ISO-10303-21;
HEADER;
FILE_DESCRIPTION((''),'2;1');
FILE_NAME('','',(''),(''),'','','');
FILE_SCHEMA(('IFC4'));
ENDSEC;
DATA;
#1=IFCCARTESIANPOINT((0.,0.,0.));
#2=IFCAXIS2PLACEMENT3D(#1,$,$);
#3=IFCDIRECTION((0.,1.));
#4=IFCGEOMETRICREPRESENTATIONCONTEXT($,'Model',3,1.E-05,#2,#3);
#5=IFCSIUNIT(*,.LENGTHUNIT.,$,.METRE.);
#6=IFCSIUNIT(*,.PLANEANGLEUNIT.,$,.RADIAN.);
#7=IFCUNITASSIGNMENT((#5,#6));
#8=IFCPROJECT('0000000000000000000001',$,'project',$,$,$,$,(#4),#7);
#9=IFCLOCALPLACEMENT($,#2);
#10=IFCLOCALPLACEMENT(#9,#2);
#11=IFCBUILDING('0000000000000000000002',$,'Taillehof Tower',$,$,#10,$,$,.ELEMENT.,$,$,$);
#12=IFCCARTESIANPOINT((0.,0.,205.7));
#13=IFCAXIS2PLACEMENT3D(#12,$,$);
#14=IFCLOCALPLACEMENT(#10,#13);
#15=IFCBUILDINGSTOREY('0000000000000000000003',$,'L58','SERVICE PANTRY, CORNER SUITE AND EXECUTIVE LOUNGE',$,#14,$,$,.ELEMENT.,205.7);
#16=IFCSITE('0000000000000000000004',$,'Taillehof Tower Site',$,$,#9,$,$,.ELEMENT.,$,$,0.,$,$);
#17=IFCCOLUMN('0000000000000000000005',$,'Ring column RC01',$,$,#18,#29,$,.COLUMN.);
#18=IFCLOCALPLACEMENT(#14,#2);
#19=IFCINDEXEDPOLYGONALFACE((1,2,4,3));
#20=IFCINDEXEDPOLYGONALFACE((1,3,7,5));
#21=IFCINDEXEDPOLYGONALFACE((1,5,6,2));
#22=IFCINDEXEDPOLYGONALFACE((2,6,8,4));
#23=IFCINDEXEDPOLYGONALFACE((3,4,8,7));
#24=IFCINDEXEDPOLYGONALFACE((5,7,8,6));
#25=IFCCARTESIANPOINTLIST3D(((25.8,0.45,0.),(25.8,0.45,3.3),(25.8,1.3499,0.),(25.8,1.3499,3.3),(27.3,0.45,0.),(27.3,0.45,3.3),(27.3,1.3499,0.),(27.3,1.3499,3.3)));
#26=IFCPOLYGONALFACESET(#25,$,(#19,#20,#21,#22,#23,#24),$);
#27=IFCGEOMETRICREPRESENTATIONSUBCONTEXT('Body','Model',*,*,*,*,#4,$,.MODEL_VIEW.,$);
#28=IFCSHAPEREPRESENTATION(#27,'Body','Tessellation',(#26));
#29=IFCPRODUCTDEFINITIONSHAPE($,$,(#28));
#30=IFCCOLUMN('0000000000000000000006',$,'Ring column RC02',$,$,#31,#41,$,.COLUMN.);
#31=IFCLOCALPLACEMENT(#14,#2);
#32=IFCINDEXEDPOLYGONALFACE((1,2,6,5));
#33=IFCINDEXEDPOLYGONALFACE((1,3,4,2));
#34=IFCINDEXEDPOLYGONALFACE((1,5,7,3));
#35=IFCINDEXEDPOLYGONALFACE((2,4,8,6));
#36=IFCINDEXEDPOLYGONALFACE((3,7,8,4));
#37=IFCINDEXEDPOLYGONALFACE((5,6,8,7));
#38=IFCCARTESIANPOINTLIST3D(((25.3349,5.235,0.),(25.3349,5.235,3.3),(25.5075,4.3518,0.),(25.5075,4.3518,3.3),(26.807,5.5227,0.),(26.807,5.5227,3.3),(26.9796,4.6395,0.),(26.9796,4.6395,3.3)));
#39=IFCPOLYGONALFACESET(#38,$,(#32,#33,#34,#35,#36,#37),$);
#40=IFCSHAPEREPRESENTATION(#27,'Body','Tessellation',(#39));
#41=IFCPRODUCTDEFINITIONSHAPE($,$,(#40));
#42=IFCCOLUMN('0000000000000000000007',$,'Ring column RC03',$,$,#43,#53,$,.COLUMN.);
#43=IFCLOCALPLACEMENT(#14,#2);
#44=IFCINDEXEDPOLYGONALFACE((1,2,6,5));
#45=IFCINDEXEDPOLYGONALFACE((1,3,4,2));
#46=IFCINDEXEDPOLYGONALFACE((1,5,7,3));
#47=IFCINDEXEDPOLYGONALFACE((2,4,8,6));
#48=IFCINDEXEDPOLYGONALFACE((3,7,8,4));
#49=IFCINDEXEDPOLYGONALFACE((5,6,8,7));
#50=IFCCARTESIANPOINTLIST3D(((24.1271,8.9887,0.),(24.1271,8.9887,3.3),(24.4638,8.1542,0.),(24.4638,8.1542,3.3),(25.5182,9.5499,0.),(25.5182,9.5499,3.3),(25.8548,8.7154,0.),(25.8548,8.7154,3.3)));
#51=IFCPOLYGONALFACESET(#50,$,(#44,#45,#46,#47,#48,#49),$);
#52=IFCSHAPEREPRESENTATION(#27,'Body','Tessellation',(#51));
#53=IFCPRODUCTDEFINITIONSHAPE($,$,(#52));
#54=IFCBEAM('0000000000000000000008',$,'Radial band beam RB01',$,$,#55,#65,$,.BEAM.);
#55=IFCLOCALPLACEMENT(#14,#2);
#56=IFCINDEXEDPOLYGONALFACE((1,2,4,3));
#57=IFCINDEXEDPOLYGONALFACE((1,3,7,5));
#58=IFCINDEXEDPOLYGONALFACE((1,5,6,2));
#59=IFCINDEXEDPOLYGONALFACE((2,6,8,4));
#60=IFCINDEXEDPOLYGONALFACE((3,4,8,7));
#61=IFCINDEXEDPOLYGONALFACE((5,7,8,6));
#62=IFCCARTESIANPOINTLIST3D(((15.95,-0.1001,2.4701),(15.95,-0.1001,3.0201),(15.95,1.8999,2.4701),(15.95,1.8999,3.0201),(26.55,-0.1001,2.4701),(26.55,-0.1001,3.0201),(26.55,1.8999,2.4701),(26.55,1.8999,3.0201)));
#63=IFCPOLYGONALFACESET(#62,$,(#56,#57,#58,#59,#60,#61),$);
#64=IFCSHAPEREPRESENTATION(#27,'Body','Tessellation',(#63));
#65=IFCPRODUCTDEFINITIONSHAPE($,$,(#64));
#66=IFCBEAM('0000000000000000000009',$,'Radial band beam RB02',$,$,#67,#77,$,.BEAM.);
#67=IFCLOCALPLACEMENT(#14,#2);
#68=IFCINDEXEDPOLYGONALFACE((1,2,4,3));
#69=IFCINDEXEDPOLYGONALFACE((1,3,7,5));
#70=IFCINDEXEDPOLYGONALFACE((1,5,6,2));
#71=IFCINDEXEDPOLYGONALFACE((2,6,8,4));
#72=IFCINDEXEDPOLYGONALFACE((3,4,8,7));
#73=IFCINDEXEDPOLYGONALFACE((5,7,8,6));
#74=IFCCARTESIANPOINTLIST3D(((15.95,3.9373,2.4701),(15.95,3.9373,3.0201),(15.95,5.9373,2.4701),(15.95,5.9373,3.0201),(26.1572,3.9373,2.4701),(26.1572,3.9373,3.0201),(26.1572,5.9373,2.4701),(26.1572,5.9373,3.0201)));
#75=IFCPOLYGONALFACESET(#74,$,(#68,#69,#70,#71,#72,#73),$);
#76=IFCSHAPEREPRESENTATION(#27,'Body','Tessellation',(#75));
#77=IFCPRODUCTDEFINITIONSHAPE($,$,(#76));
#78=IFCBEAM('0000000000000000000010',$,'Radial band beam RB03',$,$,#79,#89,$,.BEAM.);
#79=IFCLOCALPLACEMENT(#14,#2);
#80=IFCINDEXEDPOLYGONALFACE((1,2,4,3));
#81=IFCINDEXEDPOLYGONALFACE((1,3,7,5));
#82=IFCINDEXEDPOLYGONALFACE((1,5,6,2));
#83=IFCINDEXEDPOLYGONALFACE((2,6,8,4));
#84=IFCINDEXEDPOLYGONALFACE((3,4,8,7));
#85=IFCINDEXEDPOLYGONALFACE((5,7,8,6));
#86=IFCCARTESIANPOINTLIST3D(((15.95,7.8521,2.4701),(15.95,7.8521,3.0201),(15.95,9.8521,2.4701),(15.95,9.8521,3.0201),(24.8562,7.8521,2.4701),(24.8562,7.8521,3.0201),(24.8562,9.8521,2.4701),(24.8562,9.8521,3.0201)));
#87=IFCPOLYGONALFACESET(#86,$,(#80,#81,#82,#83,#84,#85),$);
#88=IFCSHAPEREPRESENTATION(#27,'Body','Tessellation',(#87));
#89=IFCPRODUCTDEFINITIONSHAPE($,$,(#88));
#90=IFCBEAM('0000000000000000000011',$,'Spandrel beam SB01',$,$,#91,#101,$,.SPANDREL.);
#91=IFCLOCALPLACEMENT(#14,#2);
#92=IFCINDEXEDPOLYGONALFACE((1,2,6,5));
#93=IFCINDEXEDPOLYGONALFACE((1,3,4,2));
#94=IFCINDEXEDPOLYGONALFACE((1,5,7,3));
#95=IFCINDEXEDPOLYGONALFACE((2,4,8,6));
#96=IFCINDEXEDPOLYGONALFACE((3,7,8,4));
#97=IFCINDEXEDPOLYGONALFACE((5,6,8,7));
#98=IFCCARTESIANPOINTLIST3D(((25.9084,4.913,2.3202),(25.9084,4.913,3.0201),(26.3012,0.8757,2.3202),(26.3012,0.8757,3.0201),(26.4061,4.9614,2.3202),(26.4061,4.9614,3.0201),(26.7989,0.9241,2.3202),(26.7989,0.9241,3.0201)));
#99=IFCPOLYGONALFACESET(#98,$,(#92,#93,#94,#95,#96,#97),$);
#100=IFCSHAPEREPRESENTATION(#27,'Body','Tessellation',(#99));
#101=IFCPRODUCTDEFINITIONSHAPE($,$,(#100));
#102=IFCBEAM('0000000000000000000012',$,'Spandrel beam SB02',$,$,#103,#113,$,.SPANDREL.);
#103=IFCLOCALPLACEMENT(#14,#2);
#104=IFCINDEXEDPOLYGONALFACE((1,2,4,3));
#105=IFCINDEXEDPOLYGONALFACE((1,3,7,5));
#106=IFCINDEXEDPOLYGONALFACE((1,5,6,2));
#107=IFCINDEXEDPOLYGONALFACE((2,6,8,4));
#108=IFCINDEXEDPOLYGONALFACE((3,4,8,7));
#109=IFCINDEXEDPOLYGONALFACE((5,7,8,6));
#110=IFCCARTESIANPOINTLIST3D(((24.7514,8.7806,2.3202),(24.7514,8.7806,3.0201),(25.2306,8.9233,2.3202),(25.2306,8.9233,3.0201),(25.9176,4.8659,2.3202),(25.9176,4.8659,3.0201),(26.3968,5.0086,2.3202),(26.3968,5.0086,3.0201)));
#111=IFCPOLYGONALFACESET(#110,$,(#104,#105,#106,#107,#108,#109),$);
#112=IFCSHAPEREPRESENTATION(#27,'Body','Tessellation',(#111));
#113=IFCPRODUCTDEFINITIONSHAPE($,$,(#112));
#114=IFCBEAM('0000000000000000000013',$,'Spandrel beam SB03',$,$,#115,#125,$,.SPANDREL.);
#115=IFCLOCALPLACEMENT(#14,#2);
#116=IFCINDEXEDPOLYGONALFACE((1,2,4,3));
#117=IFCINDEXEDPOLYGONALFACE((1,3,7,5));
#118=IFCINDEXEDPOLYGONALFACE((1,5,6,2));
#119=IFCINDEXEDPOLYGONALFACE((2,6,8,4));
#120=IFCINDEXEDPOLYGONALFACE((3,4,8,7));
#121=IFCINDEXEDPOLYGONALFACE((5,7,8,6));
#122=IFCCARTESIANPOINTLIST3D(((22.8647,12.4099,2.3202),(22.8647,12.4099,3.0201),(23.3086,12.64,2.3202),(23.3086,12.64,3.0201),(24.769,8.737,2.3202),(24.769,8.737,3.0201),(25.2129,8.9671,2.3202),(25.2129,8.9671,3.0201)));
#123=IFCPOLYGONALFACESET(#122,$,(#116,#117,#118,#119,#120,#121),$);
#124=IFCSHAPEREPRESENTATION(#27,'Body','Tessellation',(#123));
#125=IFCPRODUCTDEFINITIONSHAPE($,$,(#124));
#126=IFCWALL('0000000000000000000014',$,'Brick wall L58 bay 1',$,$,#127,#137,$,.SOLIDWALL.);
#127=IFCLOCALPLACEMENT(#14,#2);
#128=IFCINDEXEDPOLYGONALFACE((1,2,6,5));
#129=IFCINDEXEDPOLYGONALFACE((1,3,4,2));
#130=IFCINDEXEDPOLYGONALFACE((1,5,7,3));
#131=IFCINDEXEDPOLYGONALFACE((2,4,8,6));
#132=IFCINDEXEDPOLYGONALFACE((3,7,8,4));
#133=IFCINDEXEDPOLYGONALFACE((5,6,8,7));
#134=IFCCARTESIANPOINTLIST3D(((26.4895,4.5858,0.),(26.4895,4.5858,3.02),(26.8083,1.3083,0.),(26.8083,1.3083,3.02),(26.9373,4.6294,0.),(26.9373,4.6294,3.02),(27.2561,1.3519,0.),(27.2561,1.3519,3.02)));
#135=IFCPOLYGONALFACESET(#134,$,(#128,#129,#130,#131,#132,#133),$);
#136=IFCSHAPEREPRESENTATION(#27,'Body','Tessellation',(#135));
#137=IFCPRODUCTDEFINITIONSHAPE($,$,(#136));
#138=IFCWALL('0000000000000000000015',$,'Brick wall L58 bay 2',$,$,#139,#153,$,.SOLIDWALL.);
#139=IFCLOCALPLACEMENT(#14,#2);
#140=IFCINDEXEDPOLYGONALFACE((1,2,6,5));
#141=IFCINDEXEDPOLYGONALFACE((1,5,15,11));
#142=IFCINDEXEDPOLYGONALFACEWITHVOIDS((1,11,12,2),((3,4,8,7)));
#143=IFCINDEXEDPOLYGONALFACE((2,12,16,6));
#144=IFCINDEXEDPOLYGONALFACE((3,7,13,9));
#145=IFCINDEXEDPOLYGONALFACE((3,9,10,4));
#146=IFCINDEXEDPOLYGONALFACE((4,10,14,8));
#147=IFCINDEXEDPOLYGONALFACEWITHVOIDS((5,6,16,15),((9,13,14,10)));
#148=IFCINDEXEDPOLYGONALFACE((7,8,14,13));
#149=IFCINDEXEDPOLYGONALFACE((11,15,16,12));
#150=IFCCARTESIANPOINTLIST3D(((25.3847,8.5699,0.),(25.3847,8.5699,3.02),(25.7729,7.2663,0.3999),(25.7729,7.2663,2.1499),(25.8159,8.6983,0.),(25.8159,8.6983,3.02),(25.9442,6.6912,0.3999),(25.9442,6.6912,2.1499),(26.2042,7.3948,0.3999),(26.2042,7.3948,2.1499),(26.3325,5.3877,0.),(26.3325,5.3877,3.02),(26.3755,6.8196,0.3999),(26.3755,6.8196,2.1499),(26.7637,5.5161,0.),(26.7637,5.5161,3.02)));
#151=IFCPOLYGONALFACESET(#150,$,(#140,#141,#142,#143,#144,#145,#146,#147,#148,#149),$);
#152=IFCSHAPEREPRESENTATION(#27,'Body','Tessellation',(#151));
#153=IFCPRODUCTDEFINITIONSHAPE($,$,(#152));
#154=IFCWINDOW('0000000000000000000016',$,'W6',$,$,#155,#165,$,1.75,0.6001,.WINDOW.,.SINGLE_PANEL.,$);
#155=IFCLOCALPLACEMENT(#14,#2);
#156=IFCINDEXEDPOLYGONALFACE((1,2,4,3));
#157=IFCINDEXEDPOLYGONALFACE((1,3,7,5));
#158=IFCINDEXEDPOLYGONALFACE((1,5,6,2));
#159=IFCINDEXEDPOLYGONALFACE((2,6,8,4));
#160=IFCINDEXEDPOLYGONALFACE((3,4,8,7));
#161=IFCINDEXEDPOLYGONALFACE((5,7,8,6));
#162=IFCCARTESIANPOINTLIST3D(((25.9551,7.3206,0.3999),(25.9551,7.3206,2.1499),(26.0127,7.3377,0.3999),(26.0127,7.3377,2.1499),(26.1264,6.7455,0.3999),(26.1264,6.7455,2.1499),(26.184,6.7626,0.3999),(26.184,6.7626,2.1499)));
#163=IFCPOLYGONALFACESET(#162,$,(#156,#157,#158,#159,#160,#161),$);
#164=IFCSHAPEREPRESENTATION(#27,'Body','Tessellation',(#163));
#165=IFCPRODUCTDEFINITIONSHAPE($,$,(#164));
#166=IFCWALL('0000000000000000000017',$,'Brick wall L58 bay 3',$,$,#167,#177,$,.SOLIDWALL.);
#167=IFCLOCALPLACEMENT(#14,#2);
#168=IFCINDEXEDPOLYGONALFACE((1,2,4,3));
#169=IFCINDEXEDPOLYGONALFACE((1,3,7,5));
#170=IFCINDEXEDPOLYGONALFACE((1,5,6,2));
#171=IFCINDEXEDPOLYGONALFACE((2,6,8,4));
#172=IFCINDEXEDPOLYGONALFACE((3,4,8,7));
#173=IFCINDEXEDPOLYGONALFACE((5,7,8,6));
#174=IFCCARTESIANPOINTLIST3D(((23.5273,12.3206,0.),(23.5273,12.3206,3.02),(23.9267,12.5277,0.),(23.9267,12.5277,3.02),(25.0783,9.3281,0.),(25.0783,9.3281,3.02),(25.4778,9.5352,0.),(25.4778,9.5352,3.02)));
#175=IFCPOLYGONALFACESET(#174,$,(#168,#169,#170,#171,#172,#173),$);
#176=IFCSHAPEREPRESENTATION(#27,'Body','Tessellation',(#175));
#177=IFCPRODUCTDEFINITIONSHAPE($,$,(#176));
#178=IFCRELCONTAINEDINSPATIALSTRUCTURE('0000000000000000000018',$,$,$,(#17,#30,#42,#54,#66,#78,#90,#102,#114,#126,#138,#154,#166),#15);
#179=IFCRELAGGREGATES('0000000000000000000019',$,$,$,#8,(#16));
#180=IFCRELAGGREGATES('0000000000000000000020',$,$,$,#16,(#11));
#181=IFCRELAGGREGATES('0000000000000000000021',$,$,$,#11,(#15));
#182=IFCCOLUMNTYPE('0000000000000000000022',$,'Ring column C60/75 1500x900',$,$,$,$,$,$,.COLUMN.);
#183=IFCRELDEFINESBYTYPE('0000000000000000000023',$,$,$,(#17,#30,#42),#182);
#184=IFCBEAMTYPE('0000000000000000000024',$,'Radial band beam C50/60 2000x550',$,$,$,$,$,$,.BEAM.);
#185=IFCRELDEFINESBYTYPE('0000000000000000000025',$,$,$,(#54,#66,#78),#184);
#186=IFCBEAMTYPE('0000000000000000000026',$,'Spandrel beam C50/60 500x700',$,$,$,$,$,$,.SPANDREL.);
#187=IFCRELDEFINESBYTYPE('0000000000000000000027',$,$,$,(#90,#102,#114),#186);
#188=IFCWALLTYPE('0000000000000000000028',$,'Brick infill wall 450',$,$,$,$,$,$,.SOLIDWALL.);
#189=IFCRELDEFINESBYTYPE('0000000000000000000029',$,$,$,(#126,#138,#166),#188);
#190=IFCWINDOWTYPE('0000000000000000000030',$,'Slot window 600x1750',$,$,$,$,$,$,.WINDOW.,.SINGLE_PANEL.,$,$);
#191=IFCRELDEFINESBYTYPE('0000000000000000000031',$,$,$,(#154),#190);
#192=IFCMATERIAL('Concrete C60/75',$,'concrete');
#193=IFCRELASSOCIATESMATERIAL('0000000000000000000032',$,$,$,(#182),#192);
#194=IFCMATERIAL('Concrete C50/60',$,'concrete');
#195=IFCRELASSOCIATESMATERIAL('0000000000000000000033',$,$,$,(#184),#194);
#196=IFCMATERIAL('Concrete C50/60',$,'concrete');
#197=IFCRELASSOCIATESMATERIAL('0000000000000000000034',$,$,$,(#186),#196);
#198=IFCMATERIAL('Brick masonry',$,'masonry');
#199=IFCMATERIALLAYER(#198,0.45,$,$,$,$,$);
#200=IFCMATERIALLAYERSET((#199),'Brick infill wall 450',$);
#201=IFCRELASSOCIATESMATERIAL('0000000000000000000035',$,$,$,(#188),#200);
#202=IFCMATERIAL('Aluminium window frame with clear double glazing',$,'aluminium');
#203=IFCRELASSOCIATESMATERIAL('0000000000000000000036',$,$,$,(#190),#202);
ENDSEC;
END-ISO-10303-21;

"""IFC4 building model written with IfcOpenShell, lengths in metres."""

from ifc_helpers import new_model, si_unit, direction, frame, frame_2d, origin, origin_2d, place, context, subcontext, project, spatial, rectangle, extrude, material, layer, layer_set, material_profile, profile_set, type_object, element, fill, save


model = new_model("IFC4")

# Units and contexts
model_context = context("Model", 3, precision=1e-05, world=origin(), true_north=direction((0.0, 1.0)))
body_context = subcontext(model_context, "Body", "Model", "MODEL_VIEW")
ifc_project = project(units=[si_unit("LENGTHUNIT", "METRE"), si_unit("PLANEANGLEUNIT", "RADIAN")], contexts=[model_context])

# Site, building, storey
site_placement = place(None, origin())
site = spatial("IfcSite", under=ifc_project, at=site_placement, Name="Taillehof Tower Site", CompositionType="ELEMENT", RefElevation=0.0)
building_placement = place(site_placement, origin())
building = spatial("IfcBuilding", under=site, at=building_placement, Name="Taillehof Tower", CompositionType="ELEMENT")
storey_placement = place(building_placement, frame((0.0, 0.0, 205.7)))
storey = spatial("IfcBuildingStorey", under=building, at=storey_placement, Name="L58", Description="SERVICE PANTRY, CORNER SUITE AND EXECUTIVE LOUNGE", CompositionType="ELEMENT", Elevation=205.7)

# Columns
ifc_material_1 = material(Name="Concrete C60/75", Category="concrete")
ifc_material_profile_1 = material_profile(ifc_material_1, rectangle(XDim=1.5, YDim=0.8999, at=origin_2d()), Name="RC 1500x900")
ifc_profile_set_1 = profile_set([ifc_material_profile_1], Name="Concrete C60/75")
column_type = type_object("IfcColumnType", Name="Ring column C60/75 1500x900", PredefinedType="COLUMN", material=ifc_profile_set_1)
for number, where, z_axis, x_axis, name in (
    (1, (26.55, 0.8999, 0.0), (0.0, 0.0, 1.0), (1.0, 0.0, 0.0), "Ring column RC01"),
    (2, (26.1572, 4.9373, 0.0), (0.0, 0.0, 1.0), (0.981434, 0.191801, 0.0), "Ring column RC02"),
    (3, (24.991, 8.8521, 0.0), (0.0, 0.0, 1.0), (0.927385, 0.374108, 0.0), "Ring column RC03"),
):
    element("IfcColumn", number, at=place(storey_placement, frame(where, z_axis=z_axis, x_axis=x_axis)), inside=storey, type_object=column_type, Name=name, PredefinedType="COLUMN", context=body_context, shape_type="SweptSolid", body=[
        extrude(rectangle(XDim=1.5, YDim=0.8999, at=origin_2d()), origin(), (0.0, 0.0, 1.0), 3.3),
    ])

# Beams
ifc_material_2 = material(Name="Concrete C50/60", Category="concrete")
ifc_material_profile_2 = material_profile(ifc_material_2, rectangle(XDim=2.0, YDim=0.55, at=origin_2d()), Name="RC 2000x550")
ifc_profile_set_2 = profile_set([ifc_material_profile_2], Name="Concrete C50/60")
beam_type_1 = type_object("IfcBeamType", Name="Radial band beam C50/60 2000x550", PredefinedType="BEAM", material=ifc_profile_set_2)
beam_1_placement = place(storey_placement, frame((26.55, 0.8999, 2.7451), z_axis=(-1.0, 0.0, 0.0), x_axis=(0.0, -1.0, 0.0)))
element("IfcBeam", 4, at=beam_1_placement, inside=storey, type_object=beam_type_1, Name="Radial band beam RB01", PredefinedType="BEAM", context=body_context, shape_type="SweptSolid", body=[
    extrude(rectangle(XDim=2.0, YDim=0.55, at=origin_2d()), origin(), (0.0, 0.0, 1.0), 10.6001),
])
beam_2_placement = place(storey_placement, frame((26.1572, 4.9373, 2.7451), z_axis=(-1.0, 0.0, 0.0), x_axis=(0.0, -1.0, 0.0)))
element("IfcBeam", 5, at=beam_2_placement, inside=storey, type_object=beam_type_1, Name="Radial band beam RB02", PredefinedType="BEAM", context=body_context, shape_type="SweptSolid", body=[
    extrude(rectangle(XDim=2.0, YDim=0.55, at=origin_2d()), origin(), (0.0, 0.0, 1.0), 10.2073),
])
beam_3_placement = place(storey_placement, frame((24.8562, 8.8521, 2.7451), z_axis=(-1.0, 0.0, 0.0), x_axis=(0.0, -1.0, 0.0)))
element("IfcBeam", 6, at=beam_3_placement, inside=storey, type_object=beam_type_1, Name="Radial band beam RB03", PredefinedType="BEAM", context=body_context, shape_type="SweptSolid", body=[
    extrude(rectangle(XDim=2.0, YDim=0.55, at=origin_2d()), origin(), (0.0, 0.0, 1.0), 8.9062),
])
ifc_material_3 = material(Name="Concrete C50/60", Category="concrete")
ifc_material_profile_3 = material_profile(ifc_material_3, rectangle(XDim=0.5, YDim=0.7, at=origin_2d()), Name="RC 500x700")
ifc_profile_set_3 = profile_set([ifc_material_profile_3], Name="Concrete C50/60")
beam_type_2 = type_object("IfcBeamType", Name="Spandrel beam C50/60 500x700", PredefinedType="SPANDREL", material=ifc_profile_set_3)
beam_4_placement = place(storey_placement, frame((26.55, 0.8999, 2.6702), z_axis=(-0.09684, 0.9953, 0.0), x_axis=(-0.9953, -0.09684, 0.0)))
element("IfcBeam", 7, at=beam_4_placement, inside=storey, type_object=beam_type_2, Name="Spandrel beam SB01", PredefinedType="SPANDREL", context=body_context, shape_type="SweptSolid", body=[
    extrude(rectangle(XDim=0.5, YDim=0.7, at=origin_2d()), origin(), (0.0, 0.0, 1.0), 4.0564),
])
beam_5_placement = place(storey_placement, frame((26.1572, 4.9373, 2.6702), z_axis=(-0.28551, 0.958376, 0.0), x_axis=(-0.958376, -0.28551, 0.0)))
element("IfcBeam", 8, at=beam_5_placement, inside=storey, type_object=beam_type_2, Name="Spandrel beam SB02", PredefinedType="SPANDREL", context=body_context, shape_type="SweptSolid", body=[
    extrude(rectangle(XDim=0.5, YDim=0.7, at=origin_2d()), origin(), (0.0, 0.0, 1.0), 4.0847),
])
beam_6_placement = place(storey_placement, frame((24.991, 8.8521, 2.6702), z_axis=(-0.46029, 0.887769, 0.0), x_axis=(-0.887769, -0.46029, 0.0)))
element("IfcBeam", 9, at=beam_6_placement, inside=storey, type_object=beam_type_2, Name="Spandrel beam SB03", PredefinedType="SPANDREL", context=body_context, shape_type="SweptSolid", body=[
    extrude(rectangle(XDim=0.5, YDim=0.7, at=origin_2d()), origin(), (0.0, 0.0, 1.0), 4.1372),
])

# Wall
ifc_material_4 = material(Name="Brick masonry", Category="masonry")
ifc_layer_1 = layer(ifc_material_4, 0.45)
ifc_layer_set_1 = layer_set([ifc_layer_1], Name="Brick infill wall 450")
wall_type_1 = type_object("IfcWallType", Name="Brick infill wall 450", PredefinedType="SOLIDWALL", material=ifc_layer_set_1)
wall_1_placement = place(storey_placement, frame((27.0322, 1.3301, 0.0), z_axis=(0.0, 0.0, 1.0), x_axis=(-0.096824, 0.995302, 0.0)))
element("IfcWall", 10, at=wall_1_placement, inside=storey, type_object=wall_type_1, Name="Brick wall L58 bay 1", PredefinedType="SOLIDWALL", context=body_context, shape_type="SweptSolid", body=[
    extrude(rectangle(XDim=3.293, YDim=0.45, at=frame_2d((1.6465, 0.0))), origin(), (0.0, 0.0, 1.0), 3.02),
])

# Wall, opening, window
wall_2_placement = place(storey_placement, frame((26.5481, 5.4519, 0.0), z_axis=(0.0, 0.0, 1.0), x_axis=(-0.285445, 0.958395, 0.0)))
wall_2 = element("IfcWall", 11, at=wall_2_placement, inside=storey, type_object=wall_type_1, Name="Brick wall L58 bay 2", PredefinedType="SOLIDWALL", context=body_context, shape_type="SweptSolid", body=[
    extrude(rectangle(XDim=3.3203, YDim=0.45, at=frame_2d((1.6602, 0.0))), origin(), (0.0, 0.0, 1.0), 3.02),
])
opening_1_placement = place(wall_2_placement, frame((1.3601, 0.0, 0.3999)))
opening_1 = element("IfcOpeningElement", 12, at=opening_1_placement, cuts=wall_2, PredefinedType="OPENING", context=body_context, shape_type="SweptSolid", body=[
    extrude(rectangle(XDim=0.6001, YDim=1.75, at=frame_2d((0.3, 0.875))), frame((0.0, 0.2349, 0.0), z_axis=(0.0, -1.0, 0.0), x_axis=(1.0, 0.0, 0.0)), (0.0, 0.0, 1.0), 0.47),
])
ifc_material_5 = material(Name="Aluminium window frame with clear double glazing", Category="aluminium")
window_type = type_object("IfcWindowType", Name="Slot window 600x1750", PartitioningType="SINGLE_PANEL", PredefinedType="WINDOW", material=ifc_material_5)
window_placement = place(opening_1_placement, origin())
window = element("IfcWindow", 13, at=window_placement, inside=storey, type_object=window_type, Name="W6", OverallHeight=1.75, OverallWidth=0.6001, PartitioningType="SINGLE_PANEL", PredefinedType="WINDOW", context=body_context, shape_type="SweptSolid", body=[
    extrude(rectangle(XDim=0.6001, YDim=1.75, at=frame_2d((0.3, 0.875))), frame((0.0, 0.0349, 0.0), z_axis=(0.0, -1.0, 0.0), x_axis=(1.0, 0.0, 0.0)), (0.0, 0.0, 1.0), 0.0601),
])
fill(opening_1, window)

# Wall
wall_3_placement = place(storey_placement, frame((25.2781, 9.4316, 0.0), z_axis=(0.0, 0.0, 1.0), x_axis=(-0.460176, 0.887828, 0.0)))
element("IfcWall", 14, at=wall_3_placement, inside=storey, type_object=wall_type_1, Name="Brick wall L58 bay 3", PredefinedType="SOLIDWALL", context=body_context, shape_type="SweptSolid", body=[
    extrude(rectangle(XDim=3.3706, YDim=0.45, at=frame_2d((1.6853, 0.0))), origin(), (0.0, 0.0, 1.0), 3.02),
])

save(model, "model.ifc")
